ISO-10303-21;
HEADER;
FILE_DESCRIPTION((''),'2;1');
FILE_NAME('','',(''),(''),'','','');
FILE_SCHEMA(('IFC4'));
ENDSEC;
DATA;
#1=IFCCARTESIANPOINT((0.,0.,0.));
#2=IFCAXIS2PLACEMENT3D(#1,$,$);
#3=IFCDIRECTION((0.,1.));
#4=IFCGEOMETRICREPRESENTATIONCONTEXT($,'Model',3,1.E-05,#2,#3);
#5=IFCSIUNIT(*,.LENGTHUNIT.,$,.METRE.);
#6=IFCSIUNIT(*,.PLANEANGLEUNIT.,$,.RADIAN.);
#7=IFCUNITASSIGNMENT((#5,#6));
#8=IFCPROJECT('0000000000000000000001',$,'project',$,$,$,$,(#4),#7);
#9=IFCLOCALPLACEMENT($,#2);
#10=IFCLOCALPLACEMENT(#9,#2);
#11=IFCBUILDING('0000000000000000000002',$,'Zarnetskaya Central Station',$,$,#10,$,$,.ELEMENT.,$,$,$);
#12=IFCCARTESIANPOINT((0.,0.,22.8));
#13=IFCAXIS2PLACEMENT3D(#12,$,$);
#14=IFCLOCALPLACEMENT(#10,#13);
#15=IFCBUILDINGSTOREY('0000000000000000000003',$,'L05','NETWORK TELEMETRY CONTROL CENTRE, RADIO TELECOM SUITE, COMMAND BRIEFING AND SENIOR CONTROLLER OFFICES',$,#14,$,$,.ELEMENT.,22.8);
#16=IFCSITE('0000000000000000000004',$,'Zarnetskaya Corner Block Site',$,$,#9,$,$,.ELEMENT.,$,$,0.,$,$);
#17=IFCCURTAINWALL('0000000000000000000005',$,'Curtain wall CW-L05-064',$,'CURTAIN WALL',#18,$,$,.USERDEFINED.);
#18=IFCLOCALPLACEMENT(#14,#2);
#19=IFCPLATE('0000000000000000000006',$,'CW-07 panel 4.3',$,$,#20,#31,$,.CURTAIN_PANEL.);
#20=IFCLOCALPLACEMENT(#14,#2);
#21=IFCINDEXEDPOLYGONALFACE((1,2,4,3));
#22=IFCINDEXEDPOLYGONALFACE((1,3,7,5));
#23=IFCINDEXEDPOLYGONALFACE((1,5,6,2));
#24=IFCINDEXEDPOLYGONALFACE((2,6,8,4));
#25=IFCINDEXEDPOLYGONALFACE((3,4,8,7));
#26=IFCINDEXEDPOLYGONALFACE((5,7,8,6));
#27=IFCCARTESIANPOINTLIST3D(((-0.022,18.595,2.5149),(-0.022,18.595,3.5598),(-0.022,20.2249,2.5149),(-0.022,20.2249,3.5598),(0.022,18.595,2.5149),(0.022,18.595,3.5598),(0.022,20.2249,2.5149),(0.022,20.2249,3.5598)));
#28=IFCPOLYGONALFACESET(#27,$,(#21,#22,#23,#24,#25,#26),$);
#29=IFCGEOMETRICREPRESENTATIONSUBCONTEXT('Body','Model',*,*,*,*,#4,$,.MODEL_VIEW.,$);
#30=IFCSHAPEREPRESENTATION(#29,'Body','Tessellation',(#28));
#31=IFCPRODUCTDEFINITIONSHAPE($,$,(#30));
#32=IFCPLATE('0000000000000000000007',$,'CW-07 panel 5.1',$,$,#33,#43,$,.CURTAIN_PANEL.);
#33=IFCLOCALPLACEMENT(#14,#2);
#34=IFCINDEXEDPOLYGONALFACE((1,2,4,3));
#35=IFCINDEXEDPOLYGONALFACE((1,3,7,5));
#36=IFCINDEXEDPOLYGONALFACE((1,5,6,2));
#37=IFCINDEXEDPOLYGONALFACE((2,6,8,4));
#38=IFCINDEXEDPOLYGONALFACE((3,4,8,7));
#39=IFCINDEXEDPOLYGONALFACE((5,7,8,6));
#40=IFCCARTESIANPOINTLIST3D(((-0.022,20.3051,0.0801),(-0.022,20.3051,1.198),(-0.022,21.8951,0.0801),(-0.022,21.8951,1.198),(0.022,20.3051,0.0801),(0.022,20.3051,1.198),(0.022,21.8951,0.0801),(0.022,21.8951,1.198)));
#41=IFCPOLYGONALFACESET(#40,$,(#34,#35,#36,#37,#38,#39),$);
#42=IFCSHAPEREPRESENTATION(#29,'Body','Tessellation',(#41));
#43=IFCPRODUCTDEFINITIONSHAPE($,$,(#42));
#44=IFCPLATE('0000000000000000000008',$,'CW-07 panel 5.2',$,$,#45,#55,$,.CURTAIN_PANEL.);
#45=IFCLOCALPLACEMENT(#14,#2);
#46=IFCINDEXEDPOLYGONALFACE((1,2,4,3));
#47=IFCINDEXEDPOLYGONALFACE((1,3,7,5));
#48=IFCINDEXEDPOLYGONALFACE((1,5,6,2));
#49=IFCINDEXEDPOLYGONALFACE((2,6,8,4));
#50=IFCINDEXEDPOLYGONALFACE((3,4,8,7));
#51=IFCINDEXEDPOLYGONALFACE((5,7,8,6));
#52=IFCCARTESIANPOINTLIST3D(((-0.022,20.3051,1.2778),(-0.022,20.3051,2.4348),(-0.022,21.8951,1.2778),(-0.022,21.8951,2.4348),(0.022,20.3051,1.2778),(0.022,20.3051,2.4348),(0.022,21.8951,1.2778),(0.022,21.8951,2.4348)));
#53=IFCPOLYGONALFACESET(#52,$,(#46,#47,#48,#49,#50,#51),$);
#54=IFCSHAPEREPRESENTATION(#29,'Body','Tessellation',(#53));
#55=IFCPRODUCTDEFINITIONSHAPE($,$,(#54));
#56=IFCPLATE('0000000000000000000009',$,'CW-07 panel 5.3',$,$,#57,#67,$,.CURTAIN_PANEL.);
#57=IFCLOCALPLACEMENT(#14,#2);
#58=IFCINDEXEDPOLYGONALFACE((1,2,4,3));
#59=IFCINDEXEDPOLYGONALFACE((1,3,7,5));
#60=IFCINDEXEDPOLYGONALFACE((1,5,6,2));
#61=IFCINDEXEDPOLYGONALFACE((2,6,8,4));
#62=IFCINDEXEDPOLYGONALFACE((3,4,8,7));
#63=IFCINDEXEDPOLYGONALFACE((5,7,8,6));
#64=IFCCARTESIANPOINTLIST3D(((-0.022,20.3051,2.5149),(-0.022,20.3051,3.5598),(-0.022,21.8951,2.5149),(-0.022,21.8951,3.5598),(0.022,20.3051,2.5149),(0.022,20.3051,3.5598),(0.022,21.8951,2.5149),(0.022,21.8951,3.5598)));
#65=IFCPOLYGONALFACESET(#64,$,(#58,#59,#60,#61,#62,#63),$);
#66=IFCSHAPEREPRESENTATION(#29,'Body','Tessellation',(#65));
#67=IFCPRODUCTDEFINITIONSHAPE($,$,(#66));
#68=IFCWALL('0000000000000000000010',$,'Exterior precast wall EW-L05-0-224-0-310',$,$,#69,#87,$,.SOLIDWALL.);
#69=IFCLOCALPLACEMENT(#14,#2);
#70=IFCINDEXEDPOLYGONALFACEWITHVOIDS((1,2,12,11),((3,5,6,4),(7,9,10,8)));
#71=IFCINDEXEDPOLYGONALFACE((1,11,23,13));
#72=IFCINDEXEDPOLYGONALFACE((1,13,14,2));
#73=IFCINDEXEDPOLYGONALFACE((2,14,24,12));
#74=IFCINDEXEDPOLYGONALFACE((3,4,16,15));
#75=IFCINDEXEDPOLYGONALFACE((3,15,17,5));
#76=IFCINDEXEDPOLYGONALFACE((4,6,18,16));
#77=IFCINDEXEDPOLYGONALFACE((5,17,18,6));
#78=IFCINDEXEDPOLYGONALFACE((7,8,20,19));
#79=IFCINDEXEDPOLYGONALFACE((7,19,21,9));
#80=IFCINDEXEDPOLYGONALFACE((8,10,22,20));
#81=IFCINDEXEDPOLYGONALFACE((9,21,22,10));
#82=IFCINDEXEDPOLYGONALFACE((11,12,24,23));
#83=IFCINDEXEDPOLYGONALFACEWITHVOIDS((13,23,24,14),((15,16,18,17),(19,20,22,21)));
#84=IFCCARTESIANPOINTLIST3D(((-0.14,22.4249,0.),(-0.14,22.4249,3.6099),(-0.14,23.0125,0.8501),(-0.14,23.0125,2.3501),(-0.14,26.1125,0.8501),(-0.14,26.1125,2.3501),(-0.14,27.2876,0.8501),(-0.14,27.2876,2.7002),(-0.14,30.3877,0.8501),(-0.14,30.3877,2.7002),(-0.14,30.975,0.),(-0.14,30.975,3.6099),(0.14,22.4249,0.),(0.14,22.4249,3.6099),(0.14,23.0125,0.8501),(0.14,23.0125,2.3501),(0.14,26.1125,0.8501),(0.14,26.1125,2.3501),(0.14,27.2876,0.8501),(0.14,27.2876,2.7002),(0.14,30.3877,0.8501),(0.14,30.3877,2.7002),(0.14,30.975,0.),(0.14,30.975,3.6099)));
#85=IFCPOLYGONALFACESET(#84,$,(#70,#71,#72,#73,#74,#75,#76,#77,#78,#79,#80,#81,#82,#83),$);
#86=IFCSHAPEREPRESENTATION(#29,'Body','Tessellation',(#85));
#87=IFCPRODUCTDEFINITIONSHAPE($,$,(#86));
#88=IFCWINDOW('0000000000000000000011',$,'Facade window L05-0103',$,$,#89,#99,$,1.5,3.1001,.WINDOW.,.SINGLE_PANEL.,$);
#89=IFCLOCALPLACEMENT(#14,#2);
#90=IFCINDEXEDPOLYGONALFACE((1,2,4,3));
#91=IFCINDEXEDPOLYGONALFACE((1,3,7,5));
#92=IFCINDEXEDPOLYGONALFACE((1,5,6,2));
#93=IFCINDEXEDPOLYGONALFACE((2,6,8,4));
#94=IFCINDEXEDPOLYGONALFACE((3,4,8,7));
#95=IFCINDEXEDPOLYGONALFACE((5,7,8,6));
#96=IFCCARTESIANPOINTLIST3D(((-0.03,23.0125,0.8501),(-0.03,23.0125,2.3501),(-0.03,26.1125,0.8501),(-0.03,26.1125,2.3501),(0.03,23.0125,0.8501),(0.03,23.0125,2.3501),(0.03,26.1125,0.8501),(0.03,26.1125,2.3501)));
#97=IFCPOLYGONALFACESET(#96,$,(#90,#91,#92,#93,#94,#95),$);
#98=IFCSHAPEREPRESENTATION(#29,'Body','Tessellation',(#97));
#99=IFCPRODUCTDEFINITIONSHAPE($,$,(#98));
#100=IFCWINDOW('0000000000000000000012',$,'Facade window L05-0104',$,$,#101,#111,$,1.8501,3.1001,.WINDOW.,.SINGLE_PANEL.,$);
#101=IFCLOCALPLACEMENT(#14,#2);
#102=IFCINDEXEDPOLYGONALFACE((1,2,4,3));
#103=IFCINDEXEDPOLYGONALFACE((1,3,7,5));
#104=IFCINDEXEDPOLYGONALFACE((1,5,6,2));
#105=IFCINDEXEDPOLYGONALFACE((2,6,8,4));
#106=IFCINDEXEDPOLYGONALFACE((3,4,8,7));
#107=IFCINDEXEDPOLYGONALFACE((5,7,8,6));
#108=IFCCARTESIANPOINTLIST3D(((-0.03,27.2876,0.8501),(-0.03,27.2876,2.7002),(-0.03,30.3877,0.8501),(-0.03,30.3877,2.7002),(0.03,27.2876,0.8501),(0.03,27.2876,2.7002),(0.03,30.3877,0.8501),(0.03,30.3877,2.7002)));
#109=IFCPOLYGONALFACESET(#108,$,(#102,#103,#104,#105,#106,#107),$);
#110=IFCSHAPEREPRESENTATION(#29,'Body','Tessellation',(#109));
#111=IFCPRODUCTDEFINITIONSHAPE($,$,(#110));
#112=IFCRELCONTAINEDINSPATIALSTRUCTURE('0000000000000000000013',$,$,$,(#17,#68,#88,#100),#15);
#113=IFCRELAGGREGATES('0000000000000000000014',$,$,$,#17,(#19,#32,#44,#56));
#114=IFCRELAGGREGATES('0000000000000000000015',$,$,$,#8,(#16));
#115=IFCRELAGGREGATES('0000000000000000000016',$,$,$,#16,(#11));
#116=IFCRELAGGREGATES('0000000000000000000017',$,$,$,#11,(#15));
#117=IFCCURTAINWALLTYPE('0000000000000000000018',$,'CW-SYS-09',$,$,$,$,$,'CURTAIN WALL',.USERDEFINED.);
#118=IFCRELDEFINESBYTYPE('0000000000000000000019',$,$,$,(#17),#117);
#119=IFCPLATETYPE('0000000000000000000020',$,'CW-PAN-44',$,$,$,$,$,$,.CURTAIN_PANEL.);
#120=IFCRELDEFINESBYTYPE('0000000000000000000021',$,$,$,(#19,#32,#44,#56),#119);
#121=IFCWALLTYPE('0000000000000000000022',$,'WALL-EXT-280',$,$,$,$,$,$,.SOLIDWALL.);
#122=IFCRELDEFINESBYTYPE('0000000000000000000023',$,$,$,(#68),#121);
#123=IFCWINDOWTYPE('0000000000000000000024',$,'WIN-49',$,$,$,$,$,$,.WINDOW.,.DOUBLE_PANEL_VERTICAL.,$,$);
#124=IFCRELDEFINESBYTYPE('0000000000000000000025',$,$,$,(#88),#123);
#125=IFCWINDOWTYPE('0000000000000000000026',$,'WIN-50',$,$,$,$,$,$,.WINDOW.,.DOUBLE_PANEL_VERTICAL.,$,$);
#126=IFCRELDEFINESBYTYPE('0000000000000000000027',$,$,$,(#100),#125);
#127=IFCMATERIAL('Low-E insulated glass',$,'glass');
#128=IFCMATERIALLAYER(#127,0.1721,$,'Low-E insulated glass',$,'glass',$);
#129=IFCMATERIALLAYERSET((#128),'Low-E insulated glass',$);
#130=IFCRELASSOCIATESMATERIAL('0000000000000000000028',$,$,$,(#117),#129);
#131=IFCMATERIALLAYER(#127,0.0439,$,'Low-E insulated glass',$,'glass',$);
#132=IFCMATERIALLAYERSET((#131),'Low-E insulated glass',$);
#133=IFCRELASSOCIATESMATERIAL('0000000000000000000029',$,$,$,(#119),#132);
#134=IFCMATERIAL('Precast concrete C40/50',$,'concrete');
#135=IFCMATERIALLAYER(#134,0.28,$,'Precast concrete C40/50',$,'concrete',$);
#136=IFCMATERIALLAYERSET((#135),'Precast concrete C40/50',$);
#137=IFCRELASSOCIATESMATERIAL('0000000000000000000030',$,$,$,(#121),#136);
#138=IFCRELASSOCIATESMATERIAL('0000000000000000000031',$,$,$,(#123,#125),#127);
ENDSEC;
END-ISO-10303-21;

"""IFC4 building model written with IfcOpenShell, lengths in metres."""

from ifc_helpers import new_model, si_unit, direction, frame, frame_2d, origin, origin_2d, place, context, subcontext, project, spatial, rectangle, extrude, material, layer, layer_set, type_object, element, fill, aggregate, save


model = new_model("IFC4")

# Units and contexts
model_context = context("Model", 3, precision=1e-05, world=origin(), true_north=direction((0.0, 1.0)))
body_context = subcontext(model_context, "Body", "Model", "MODEL_VIEW")
ifc_project = project(units=[si_unit("LENGTHUNIT", "METRE"), si_unit("PLANEANGLEUNIT", "RADIAN")], contexts=[model_context])

# Site, building, storey
site_placement = place(None, origin())
site = spatial("IfcSite", under=ifc_project, at=site_placement, Name="Zarnetskaya Corner Block Site", CompositionType="ELEMENT", RefElevation=0.0)
building_placement = place(site_placement, origin())
building = spatial("IfcBuilding", under=site, at=building_placement, Name="Zarnetskaya Central Station", CompositionType="ELEMENT")
storey_placement = place(building_placement, frame((0.0, 0.0, 22.8)))
storey = spatial("IfcBuildingStorey", under=building, at=storey_placement, Name="L05", Description="NETWORK TELEMETRY CONTROL CENTRE, RADIO TELECOM SUITE, COMMAND BRIEFING AND SENIOR CONTROLLER OFFICES", CompositionType="ELEMENT", Elevation=22.8)

# Curtain wall
ifc_material_1 = material(Name="Low-E insulated glass", Category="glass")
ifc_layer_1 = layer(ifc_material_1, 0.1721, Name="Low-E insulated glass", Category="glass")
ifc_layer_set_1 = layer_set([ifc_layer_1], Name="Low-E insulated glass")
curtain_wall_type = type_object("IfcCurtainWallType", Name="CW-SYS-09", ElementType="CURTAIN WALL", PredefinedType="USERDEFINED", material=ifc_layer_set_1)
curtain_wall_placement = place(storey_placement, origin())
curtain_wall = element("IfcCurtainWall", 1, at=curtain_wall_placement, inside=storey, type_object=curtain_wall_type, Name="Curtain wall CW-L05-064", ObjectType="CURTAIN WALL", PredefinedType="USERDEFINED")

# Plates
ifc_layer_2 = layer(ifc_material_1, 0.0439, Name="Low-E insulated glass", Category="glass")
ifc_layer_set_2 = layer_set([ifc_layer_2], Name="Low-E insulated glass")
plate_type = type_object("IfcPlateType", Name="CW-PAN-44", PredefinedType="CURTAIN_PANEL", material=ifc_layer_set_2)
plate_1_placement = place(storey_placement, frame((0.0, 19.4099, 2.5149), z_axis=(0.0, 0.0, 1.0), x_axis=(0.0, 1.0, 0.0)))
plate_1 = element("IfcPlate", 2, at=plate_1_placement, type_object=plate_type, Name="CW-07 panel 4.3", PredefinedType="CURTAIN_PANEL", context=body_context, shape_type="SweptSolid", body=[
    extrude(rectangle(XDim=1.6299, YDim=0.0439, at=origin_2d()), origin(), (0.0, 0.0, 1.0), 1.0449),
])
plate_2_placement = place(storey_placement, frame((0.0, 21.1001, 0.0801), z_axis=(0.0, 0.0, 1.0), x_axis=(0.0, 1.0, 0.0)))
plate_2 = element("IfcPlate", 3, at=plate_2_placement, type_object=plate_type, Name="CW-07 panel 5.1", PredefinedType="CURTAIN_PANEL", context=body_context, shape_type="SweptSolid", body=[
    extrude(rectangle(XDim=1.5901, YDim=0.0439, at=origin_2d()), origin(), (0.0, 0.0, 1.0), 1.1179),
])
plate_3_placement = place(storey_placement, frame((0.0, 21.1001, 1.2778), z_axis=(0.0, 0.0, 1.0), x_axis=(0.0, 1.0, 0.0)))
plate_3 = element("IfcPlate", 4, at=plate_3_placement, type_object=plate_type, Name="CW-07 panel 5.2", PredefinedType="CURTAIN_PANEL", context=body_context, shape_type="SweptSolid", body=[
    extrude(rectangle(XDim=1.5901, YDim=0.0439, at=origin_2d()), origin(), (0.0, 0.0, 1.0), 1.157),
])
plate_4_placement = place(storey_placement, frame((0.0, 21.1001, 2.5149), z_axis=(0.0, 0.0, 1.0), x_axis=(0.0, 1.0, 0.0)))
plate_4 = element("IfcPlate", 5, at=plate_4_placement, type_object=plate_type, Name="CW-07 panel 5.3", PredefinedType="CURTAIN_PANEL", context=body_context, shape_type="SweptSolid", body=[
    extrude(rectangle(XDim=1.5901, YDim=0.0439, at=origin_2d()), origin(), (0.0, 0.0, 1.0), 1.0449),
])
aggregate(curtain_wall, [plate_1, plate_2, plate_3, plate_4])

# Wall, openings, windows
ifc_material_2 = material(Name="Precast concrete C40/50", Category="concrete")
ifc_layer_3 = layer(ifc_material_2, 0.28, Name="Precast concrete C40/50", Category="concrete")
ifc_layer_set_3 = layer_set([ifc_layer_3], Name="Precast concrete C40/50")
wall_type = type_object("IfcWallType", Name="WALL-EXT-280", PredefinedType="SOLIDWALL", material=ifc_layer_set_3)
wall_placement = place(storey_placement, frame((0.0, 22.425, 0.0), z_axis=(0.0, 0.0, 1.0), x_axis=(0.0, 1.0, 0.0)))
wall = element("IfcWall", 6, at=wall_placement, inside=storey, type_object=wall_type, Name="Exterior precast wall EW-L05-0-224-0-310", PredefinedType="SOLIDWALL", context=body_context, shape_type="SweptSolid", body=[
    extrude(rectangle(XDim=8.55, YDim=0.28, at=frame_2d((4.2749, 0.0))), origin(), (0.0, 0.0, 1.0), 3.6099),
])
opening_1_placement = place(wall_placement, frame((0.5874, 0.0, 0.8501)))
opening_1 = element("IfcOpeningElement", 7, at=opening_1_placement, cuts=wall, PredefinedType="OPENING", context=body_context, shape_type="SweptSolid", body=[
    extrude(rectangle(XDim=3.1001, YDim=1.5, at=frame_2d((1.55, 0.75))), frame((0.0, 0.1499, 0.0), z_axis=(0.0, -1.0, 0.0), x_axis=(1.0, 0.0, 0.0)), (0.0, 0.0, 1.0), 0.3),
])
opening_2_placement = place(wall_placement, frame((4.8625, 0.0, 0.8501)))
opening_2 = element("IfcOpeningElement", 8, at=opening_2_placement, cuts=wall, PredefinedType="OPENING", context=body_context, shape_type="SweptSolid", body=[
    extrude(rectangle(XDim=3.1001, YDim=1.8501, at=frame_2d((1.55, 0.925))), frame((0.0, 0.1499, 0.0), z_axis=(0.0, -1.0, 0.0), x_axis=(1.0, 0.0, 0.0)), (0.0, 0.0, 1.0), 0.3),
])
window_type_1 = type_object("IfcWindowType", Name="WIN-49", PartitioningType="DOUBLE_PANEL_VERTICAL", PredefinedType="WINDOW", material=ifc_material_1)
window_1_placement = place(opening_1_placement, origin())
window_1 = element("IfcWindow", 9, at=window_1_placement, inside=storey, type_object=window_type_1, Name="Facade window L05-0103", OverallHeight=1.5, OverallWidth=3.1001, PartitioningType="SINGLE_PANEL", PredefinedType="WINDOW", context=body_context, shape_type="SweptSolid", body=[
    extrude(rectangle(XDim=3.1001, YDim=1.5, at=frame_2d((1.55, 0.75))), frame((0.0, 0.03, 0.0), z_axis=(0.0, -1.0, 0.0), x_axis=(1.0, 0.0, 0.0)), (0.0, 0.0, 1.0), 0.0601),
])
fill(opening_1, window_1)
window_type_2 = type_object("IfcWindowType", Name="WIN-50", PartitioningType="DOUBLE_PANEL_VERTICAL", PredefinedType="WINDOW", material=ifc_material_1)
window_2_placement = place(opening_2_placement, origin())
window_2 = element("IfcWindow", 10, at=window_2_placement, inside=storey, type_object=window_type_2, Name="Facade window L05-0104", OverallHeight=1.8501, OverallWidth=3.1001, PartitioningType="SINGLE_PANEL", PredefinedType="WINDOW", context=body_context, shape_type="SweptSolid", body=[
    extrude(rectangle(XDim=3.1001, YDim=1.8501, at=frame_2d((1.55, 0.925))), frame((0.0, 0.03, 0.0), z_axis=(0.0, -1.0, 0.0), x_axis=(1.0, 0.0, 0.0)), (0.0, 0.0, 1.0), 0.0601),
])
fill(opening_2, window_2)

save(model, "model.ifc")
